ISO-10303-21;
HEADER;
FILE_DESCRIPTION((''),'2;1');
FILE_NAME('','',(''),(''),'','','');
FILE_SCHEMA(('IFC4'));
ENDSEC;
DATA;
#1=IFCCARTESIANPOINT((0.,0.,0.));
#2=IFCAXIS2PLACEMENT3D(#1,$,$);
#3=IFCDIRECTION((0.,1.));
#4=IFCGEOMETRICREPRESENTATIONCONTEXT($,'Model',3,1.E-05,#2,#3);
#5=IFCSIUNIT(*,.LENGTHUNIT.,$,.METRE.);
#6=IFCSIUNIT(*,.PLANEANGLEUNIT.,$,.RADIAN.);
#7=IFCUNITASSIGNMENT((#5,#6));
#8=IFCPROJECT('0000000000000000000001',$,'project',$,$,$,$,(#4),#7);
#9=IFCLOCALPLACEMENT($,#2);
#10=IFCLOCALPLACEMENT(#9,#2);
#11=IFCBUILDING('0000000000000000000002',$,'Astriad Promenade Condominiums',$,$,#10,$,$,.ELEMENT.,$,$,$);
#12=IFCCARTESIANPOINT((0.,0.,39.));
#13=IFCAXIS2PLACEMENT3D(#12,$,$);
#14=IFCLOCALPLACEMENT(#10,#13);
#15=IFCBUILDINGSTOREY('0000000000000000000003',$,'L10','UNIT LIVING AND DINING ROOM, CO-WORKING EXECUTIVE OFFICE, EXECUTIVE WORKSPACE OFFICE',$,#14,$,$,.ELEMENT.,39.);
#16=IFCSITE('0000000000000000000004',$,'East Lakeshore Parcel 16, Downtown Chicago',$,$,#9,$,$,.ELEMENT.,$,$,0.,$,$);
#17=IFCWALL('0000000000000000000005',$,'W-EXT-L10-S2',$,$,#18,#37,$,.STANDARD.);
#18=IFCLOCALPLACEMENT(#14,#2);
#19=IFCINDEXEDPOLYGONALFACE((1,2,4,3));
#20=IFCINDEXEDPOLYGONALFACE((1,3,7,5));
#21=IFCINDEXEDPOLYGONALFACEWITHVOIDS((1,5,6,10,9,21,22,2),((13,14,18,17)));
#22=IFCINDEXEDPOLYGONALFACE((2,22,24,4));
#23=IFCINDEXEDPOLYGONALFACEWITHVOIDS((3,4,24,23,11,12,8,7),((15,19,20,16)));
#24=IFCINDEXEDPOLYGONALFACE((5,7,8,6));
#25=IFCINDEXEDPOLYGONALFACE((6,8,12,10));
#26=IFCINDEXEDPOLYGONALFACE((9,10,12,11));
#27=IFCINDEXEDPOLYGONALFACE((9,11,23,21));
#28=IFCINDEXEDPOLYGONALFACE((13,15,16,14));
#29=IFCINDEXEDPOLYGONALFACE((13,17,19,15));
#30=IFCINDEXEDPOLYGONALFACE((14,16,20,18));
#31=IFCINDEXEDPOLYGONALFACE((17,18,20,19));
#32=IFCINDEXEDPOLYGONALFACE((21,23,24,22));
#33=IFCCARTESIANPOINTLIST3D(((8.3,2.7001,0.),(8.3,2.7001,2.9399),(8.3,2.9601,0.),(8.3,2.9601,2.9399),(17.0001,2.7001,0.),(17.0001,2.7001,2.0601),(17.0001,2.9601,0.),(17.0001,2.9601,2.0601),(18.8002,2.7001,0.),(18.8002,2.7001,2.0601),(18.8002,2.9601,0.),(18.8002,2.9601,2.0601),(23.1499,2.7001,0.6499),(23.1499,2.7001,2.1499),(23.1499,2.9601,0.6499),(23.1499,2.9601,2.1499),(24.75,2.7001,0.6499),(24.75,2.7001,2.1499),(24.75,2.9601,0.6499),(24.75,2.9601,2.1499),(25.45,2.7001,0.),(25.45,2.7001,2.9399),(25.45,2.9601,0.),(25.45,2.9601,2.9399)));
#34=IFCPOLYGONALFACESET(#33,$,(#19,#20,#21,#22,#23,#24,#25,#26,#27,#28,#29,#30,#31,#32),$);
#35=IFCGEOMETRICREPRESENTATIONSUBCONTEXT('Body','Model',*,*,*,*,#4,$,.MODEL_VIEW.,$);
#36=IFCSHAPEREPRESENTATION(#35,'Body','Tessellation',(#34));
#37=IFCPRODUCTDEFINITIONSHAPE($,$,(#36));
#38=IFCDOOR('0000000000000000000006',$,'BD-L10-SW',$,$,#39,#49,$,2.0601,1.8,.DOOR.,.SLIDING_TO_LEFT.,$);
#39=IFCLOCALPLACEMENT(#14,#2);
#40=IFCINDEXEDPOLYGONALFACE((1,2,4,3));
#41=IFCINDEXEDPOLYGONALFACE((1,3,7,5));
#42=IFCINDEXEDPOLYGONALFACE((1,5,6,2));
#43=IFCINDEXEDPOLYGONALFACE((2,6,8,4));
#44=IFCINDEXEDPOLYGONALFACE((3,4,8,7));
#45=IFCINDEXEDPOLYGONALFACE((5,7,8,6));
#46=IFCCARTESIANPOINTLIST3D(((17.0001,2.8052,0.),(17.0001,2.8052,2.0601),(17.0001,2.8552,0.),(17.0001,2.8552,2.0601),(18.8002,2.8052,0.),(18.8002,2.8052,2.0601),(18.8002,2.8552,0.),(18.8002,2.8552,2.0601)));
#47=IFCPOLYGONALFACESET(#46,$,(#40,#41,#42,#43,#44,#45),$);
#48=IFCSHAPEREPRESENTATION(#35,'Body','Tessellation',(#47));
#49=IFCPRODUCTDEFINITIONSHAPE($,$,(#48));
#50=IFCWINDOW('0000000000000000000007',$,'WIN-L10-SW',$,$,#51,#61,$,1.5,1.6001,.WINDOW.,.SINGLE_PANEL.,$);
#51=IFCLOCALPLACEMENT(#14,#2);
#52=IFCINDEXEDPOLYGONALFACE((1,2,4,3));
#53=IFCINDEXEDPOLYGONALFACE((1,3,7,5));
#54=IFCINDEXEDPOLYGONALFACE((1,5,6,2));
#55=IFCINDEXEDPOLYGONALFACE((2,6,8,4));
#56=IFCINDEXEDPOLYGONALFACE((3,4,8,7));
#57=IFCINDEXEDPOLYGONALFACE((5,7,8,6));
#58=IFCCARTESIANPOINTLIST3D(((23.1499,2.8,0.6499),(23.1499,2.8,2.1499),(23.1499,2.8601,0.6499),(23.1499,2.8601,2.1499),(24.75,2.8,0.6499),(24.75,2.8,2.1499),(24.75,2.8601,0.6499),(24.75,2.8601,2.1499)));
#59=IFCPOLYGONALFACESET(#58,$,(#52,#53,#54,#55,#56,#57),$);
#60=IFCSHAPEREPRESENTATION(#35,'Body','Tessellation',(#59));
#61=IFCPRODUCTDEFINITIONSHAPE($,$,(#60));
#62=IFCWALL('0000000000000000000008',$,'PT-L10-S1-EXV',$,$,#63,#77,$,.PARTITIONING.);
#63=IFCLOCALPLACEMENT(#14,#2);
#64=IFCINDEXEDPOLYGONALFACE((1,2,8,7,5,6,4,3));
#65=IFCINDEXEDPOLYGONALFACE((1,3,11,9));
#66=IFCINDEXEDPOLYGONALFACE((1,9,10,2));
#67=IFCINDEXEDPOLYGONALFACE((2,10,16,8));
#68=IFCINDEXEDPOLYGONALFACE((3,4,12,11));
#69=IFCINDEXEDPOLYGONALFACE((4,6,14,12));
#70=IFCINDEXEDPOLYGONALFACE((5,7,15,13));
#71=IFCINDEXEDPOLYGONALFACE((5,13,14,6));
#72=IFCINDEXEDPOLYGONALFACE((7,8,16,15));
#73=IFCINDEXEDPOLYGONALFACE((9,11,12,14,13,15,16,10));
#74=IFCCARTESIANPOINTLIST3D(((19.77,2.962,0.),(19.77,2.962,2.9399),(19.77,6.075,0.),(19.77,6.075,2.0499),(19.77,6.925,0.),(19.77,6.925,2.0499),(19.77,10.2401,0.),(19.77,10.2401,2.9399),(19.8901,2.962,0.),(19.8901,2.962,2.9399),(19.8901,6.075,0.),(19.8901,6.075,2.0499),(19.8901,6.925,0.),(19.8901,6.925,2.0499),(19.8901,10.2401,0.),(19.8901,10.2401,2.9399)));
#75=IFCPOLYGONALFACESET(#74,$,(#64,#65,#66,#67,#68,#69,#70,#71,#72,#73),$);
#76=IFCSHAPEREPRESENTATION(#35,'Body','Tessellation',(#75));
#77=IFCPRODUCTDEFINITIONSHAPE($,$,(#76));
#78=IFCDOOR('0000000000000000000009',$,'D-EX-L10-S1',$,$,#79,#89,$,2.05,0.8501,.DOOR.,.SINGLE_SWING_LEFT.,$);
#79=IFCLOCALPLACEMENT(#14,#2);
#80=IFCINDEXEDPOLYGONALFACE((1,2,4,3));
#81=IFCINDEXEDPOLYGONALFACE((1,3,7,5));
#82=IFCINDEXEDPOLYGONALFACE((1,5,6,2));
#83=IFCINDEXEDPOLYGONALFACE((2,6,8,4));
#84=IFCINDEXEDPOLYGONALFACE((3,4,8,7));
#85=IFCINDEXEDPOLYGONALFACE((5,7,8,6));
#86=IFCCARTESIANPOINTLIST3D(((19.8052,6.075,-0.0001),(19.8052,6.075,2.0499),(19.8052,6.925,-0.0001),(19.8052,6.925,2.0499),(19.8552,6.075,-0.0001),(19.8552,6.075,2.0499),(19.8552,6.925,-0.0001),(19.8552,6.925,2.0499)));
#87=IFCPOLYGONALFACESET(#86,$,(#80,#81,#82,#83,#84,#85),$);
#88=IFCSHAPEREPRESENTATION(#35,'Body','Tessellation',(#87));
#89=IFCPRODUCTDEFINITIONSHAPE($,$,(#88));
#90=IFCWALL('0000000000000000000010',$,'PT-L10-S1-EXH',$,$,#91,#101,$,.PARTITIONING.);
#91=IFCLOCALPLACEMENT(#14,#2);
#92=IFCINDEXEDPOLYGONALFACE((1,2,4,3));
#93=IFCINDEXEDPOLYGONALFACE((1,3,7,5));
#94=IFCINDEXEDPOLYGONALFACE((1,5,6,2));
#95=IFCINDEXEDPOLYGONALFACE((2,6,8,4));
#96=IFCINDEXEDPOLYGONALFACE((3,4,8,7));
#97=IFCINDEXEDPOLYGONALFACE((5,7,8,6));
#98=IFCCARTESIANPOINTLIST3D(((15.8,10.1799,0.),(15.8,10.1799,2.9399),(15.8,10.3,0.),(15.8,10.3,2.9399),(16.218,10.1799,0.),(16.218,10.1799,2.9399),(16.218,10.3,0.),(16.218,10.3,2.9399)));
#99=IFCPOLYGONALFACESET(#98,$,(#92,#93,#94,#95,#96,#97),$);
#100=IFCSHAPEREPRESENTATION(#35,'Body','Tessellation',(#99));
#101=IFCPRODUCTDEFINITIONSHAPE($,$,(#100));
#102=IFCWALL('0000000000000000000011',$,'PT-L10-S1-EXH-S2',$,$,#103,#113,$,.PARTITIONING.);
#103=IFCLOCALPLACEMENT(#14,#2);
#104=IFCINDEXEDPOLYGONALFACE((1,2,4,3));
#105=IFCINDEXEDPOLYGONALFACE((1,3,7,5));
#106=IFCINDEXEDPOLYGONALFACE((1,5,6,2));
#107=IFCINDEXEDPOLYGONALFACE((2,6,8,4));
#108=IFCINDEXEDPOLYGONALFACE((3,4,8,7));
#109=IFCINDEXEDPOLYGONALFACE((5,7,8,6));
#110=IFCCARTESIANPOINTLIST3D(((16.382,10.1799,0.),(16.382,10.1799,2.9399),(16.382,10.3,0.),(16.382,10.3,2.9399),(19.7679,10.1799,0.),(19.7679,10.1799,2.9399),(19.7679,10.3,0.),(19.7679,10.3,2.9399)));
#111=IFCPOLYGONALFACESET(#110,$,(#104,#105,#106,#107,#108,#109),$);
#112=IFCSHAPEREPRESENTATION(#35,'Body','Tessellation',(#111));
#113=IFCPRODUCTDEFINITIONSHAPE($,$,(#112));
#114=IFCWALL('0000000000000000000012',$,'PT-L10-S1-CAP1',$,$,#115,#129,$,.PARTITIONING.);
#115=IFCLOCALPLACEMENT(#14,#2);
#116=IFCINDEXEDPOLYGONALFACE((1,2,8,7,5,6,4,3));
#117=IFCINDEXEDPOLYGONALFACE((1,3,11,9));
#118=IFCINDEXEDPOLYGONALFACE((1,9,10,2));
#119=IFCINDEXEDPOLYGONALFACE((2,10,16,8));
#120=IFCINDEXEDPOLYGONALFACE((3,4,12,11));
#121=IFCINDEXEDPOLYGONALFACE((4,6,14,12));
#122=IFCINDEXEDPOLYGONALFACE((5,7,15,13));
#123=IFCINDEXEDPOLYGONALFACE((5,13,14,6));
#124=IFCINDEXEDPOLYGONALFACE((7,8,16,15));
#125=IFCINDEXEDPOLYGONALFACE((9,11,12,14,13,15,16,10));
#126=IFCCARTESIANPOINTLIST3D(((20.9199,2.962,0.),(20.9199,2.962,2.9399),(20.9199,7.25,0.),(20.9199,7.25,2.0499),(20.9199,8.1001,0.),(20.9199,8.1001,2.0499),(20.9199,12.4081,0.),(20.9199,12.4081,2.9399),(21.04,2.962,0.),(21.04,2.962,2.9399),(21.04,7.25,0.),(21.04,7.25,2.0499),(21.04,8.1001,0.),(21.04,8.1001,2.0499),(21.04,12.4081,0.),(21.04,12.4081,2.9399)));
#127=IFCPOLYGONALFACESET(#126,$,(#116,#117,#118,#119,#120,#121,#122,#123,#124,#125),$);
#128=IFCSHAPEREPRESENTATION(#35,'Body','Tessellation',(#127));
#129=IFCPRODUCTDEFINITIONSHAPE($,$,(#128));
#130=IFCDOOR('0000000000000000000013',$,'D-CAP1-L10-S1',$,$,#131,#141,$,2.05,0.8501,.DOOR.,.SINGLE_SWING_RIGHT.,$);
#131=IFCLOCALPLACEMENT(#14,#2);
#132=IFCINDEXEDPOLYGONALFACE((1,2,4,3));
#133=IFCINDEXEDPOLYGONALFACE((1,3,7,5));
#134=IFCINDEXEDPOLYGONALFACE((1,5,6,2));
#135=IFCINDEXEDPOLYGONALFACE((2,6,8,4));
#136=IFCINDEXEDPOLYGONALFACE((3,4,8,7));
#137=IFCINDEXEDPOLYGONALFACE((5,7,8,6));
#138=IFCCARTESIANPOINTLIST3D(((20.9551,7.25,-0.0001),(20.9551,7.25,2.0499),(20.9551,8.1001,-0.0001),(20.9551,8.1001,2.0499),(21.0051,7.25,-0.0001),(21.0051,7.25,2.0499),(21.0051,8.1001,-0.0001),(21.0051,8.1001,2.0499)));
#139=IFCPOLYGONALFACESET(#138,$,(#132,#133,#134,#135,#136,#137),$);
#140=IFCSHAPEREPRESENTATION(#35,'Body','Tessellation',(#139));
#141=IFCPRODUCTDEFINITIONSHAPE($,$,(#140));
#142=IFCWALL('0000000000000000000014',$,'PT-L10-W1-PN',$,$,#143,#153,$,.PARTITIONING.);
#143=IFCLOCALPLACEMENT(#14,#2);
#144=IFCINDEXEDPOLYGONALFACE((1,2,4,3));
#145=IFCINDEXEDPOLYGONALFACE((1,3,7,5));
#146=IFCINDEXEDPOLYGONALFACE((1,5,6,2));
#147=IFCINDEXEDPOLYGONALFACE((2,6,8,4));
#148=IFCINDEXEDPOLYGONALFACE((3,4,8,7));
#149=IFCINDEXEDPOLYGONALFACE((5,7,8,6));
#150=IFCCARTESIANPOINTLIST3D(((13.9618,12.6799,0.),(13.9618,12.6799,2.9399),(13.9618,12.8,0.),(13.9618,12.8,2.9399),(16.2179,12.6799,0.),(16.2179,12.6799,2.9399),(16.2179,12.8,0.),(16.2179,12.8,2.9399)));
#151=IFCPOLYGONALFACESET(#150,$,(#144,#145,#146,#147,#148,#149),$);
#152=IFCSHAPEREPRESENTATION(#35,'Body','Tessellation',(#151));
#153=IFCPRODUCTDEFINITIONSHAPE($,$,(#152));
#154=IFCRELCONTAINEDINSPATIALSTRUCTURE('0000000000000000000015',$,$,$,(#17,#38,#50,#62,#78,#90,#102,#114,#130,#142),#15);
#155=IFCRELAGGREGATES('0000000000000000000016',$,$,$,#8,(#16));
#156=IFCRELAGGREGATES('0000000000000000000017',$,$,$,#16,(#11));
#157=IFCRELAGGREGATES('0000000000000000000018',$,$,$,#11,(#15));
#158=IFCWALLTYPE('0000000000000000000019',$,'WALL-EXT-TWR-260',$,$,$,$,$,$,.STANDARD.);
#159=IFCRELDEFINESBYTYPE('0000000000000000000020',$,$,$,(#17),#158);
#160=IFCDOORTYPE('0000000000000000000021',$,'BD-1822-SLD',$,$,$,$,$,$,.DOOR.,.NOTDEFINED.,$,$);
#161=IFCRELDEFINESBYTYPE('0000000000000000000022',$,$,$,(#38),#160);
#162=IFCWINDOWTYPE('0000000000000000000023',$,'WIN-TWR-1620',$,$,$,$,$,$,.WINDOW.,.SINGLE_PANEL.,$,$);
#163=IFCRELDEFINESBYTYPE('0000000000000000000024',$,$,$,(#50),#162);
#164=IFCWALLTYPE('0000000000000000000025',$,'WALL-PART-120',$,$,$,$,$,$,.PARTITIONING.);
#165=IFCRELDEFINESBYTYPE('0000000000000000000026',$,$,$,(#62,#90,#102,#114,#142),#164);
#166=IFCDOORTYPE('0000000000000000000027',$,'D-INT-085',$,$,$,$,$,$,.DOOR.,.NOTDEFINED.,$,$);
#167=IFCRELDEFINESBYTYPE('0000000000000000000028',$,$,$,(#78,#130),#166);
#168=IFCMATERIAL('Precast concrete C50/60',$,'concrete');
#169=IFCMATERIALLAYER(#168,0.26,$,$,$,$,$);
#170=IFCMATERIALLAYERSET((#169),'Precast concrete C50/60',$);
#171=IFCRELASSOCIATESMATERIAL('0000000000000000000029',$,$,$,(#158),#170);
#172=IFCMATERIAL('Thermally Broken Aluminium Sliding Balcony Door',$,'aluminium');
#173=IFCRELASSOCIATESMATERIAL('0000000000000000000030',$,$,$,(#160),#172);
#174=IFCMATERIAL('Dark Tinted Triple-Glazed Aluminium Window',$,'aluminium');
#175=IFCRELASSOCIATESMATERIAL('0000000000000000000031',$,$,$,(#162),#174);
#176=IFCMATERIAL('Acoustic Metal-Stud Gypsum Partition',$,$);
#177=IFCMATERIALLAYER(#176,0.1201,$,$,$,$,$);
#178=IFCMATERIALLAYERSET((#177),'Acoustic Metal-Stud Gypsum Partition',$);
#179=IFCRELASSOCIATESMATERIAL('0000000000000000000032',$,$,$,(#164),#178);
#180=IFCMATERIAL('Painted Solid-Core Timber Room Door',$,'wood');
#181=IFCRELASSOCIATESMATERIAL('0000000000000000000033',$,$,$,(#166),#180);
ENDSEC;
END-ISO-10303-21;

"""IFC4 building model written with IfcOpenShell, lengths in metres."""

from ifc_helpers import new_model, si_unit, direction, frame, frame_2d, origin, place, context, subcontext, project, spatial, rectangle, extrude, source, transform, mapped, material, layer, layer_set, type_object, type_shapes, element, fill, save


model = new_model("IFC4")

# Units and contexts
model_context = context("Model", 3, precision=1e-05, world=origin(), true_north=direction((0.0, 1.0)))
body_context = subcontext(model_context, "Body", "Model", "MODEL_VIEW")
ifc_project = project(units=[si_unit("LENGTHUNIT", "METRE"), si_unit("PLANEANGLEUNIT", "RADIAN")], contexts=[model_context])

# Site, building, storey
site_placement = place(None, origin())
site = spatial("IfcSite", under=ifc_project, at=site_placement, Name="East Lakeshore Parcel 16, Downtown Chicago", CompositionType="ELEMENT", RefElevation=0.0)
building_placement = place(site_placement, origin())
building = spatial("IfcBuilding", under=site, at=building_placement, Name="Astriad Promenade Condominiums", CompositionType="ELEMENT")
storey_placement = place(building_placement, frame((0.0, 0.0, 39.0)))
storey = spatial("IfcBuildingStorey", under=building, at=storey_placement, Name="L10", Description="UNIT LIVING AND DINING ROOM, CO-WORKING EXECUTIVE OFFICE, EXECUTIVE WORKSPACE OFFICE", CompositionType="ELEMENT", Elevation=39.0)

# Wall, openings, door, window
ifc_material_1 = material(Name="Precast concrete C50/60", Category="concrete")
ifc_layer_1 = layer(ifc_material_1, 0.26)
ifc_layer_set_1 = layer_set([ifc_layer_1], Name="Precast concrete C50/60")
wall_type_1 = type_object("IfcWallType", Name="WALL-EXT-TWR-260", PredefinedType="STANDARD", material=ifc_layer_set_1)
wall_1_placement = place(storey_placement, frame((25.45, 2.8301, 0.0), z_axis=(0.0, 0.0, 1.0), x_axis=(-1.0, 0.0, 0.0)))
wall_1 = element("IfcWall", 1, at=wall_1_placement, inside=storey, type_object=wall_type_1, Name="W-EXT-L10-S2", PredefinedType="STANDARD", context=body_context, shape_type="SweptSolid", body=[
    extrude(rectangle(XDim=17.1499, YDim=0.26, at=frame_2d((8.575, 0.0))), origin(), (0.0, 0.0, 1.0), 2.9399),
])
opening_1_placement = place(wall_1_placement, frame((6.6499, 0.0, 0.0)))
opening_1 = element("IfcOpeningElement", 2, at=opening_1_placement, cuts=wall_1, PredefinedType="OPENING", context=body_context, shape_type="SweptSolid", body=[
    extrude(rectangle(XDim=1.8, YDim=2.0601, at=frame_2d((0.8999, 1.03))), frame((0.0, 0.1399, 0.0), z_axis=(0.0, -1.0, 0.0), x_axis=(1.0, 0.0, 0.0)), (0.0, 0.0, 1.0), 0.28),
])
opening_2_placement = place(wall_1_placement, frame((0.7, 0.0, 0.6499)))
opening_2 = element("IfcOpeningElement", 3, at=opening_2_placement, cuts=wall_1, PredefinedType="OPENING", context=body_context, shape_type="SweptSolid", body=[
    extrude(rectangle(XDim=1.6001, YDim=1.5, at=frame_2d((0.8, 0.75))), frame((0.0, 0.1399, 0.0), z_axis=(0.0, -1.0, 0.0), x_axis=(1.0, 0.0, 0.0)), (0.0, 0.0, 1.0), 0.28),
])
ifc_material_2 = material(Name="Thermally Broken Aluminium Sliding Balcony Door", Category="aluminium")
door_type_1 = type_object("IfcDoorType", Name="BD-1822-SLD", OperationType="NOTDEFINED", PredefinedType="DOOR", material=ifc_material_2)
shared_shape_1 = source(origin(), body_context, "Body", "SweptSolid", [
    extrude(rectangle(XDim=1.8, YDim=2.0601, at=frame_2d((0.8999, 1.03))), frame((0.0, 0.0249, 0.0), z_axis=(0.0, -1.0, 0.0), x_axis=(1.0, 0.0, 0.0)), (0.0, 0.0, 1.0), 0.05),
])
type_shapes(door_type_1, [shared_shape_1])
door_1_placement = place(opening_1_placement, origin())
door_1 = element("IfcDoor", 4, at=door_1_placement, inside=storey, type_object=door_type_1, Name="BD-L10-SW", OperationType="SLIDING_TO_LEFT", OverallHeight=2.0601, OverallWidth=1.8, PredefinedType="DOOR", context=body_context, shape_type="MappedRepresentation", body=[
    mapped(shared_shape_1, transform((0.0, 0.0, 0.0), scale=1.0)),
])
fill(opening_1, door_1)
ifc_material_3 = material(Name="Dark Tinted Triple-Glazed Aluminium Window", Category="aluminium")
window_type = type_object("IfcWindowType", Name="WIN-TWR-1620", PartitioningType="SINGLE_PANEL", PredefinedType="WINDOW", material=ifc_material_3)
shared_shape_2 = source(origin(), body_context, "Body", "SweptSolid", [
    extrude(rectangle(XDim=1.6001, YDim=1.5, at=frame_2d((0.8, 0.75))), frame((0.0, 0.03, 0.0), z_axis=(0.0, -1.0, 0.0), x_axis=(1.0, 0.0, 0.0)), (0.0, 0.0, 1.0), 0.0601),
])
type_shapes(window_type, [shared_shape_2])
window_placement = place(opening_2_placement, origin())
window = element("IfcWindow", 5, at=window_placement, inside=storey, type_object=window_type, Name="WIN-L10-SW", OverallHeight=1.5, OverallWidth=1.6001, PartitioningType="SINGLE_PANEL", PredefinedType="WINDOW", context=body_context, shape_type="MappedRepresentation", body=[
    mapped(shared_shape_2, transform((0.0, 0.0, 0.0), scale=1.0)),
])
fill(opening_2, window)

# Wall, opening, door
ifc_material_4 = material(Name="Acoustic Metal-Stud Gypsum Partition")
ifc_layer_2 = layer(ifc_material_4, 0.1201)
ifc_layer_set_2 = layer_set([ifc_layer_2], Name="Acoustic Metal-Stud Gypsum Partition")
wall_type_2 = type_object("IfcWallType", Name="WALL-PART-120", PredefinedType="PARTITIONING", material=ifc_layer_set_2)
wall_2_placement = place(storey_placement, frame((19.8301, 2.9619, 0.0), z_axis=(0.0, 0.0, 1.0), x_axis=(0.0, 1.0, 0.0)))
wall_2 = element("IfcWall", 6, at=wall_2_placement, inside=storey, type_object=wall_type_2, Name="PT-L10-S1-EXV", PredefinedType="PARTITIONING", context=body_context, shape_type="SweptSolid", body=[
    extrude(rectangle(XDim=7.2781, YDim=0.1201, at=frame_2d((3.6392, 0.0))), origin(), (0.0, 0.0, 1.0), 2.9399),
])
opening_3_placement = place(wall_2_placement, frame((3.113, 0.0, 0.0)))
opening_3 = element("IfcOpeningElement", 7, at=opening_3_placement, cuts=wall_2, PredefinedType="OPENING", context=body_context, shape_type="SweptSolid", body=[
    extrude(rectangle(XDim=0.8501, YDim=2.05, at=frame_2d((0.425, 1.0249))), frame((0.0, 0.0701, 0.0), z_axis=(0.0, -1.0, 0.0), x_axis=(1.0, 0.0, 0.0)), (0.0, 0.0, 1.0), 0.1401),
])
ifc_material_5 = material(Name="Painted Solid-Core Timber Room Door", Category="wood")
door_type_2 = type_object("IfcDoorType", Name="D-INT-085", OperationType="NOTDEFINED", PredefinedType="DOOR", material=ifc_material_5)
shared_shape_3 = source(origin(), body_context, "Body", "SweptSolid", [
    extrude(rectangle(XDim=0.8501, YDim=2.05, at=frame_2d((0.425, 1.0249))), frame((0.0, 0.0249, 0.0), z_axis=(0.0, -1.0, 0.0), x_axis=(1.0, 0.0, 0.0)), (0.0, 0.0, 1.0), 0.05),
])
type_shapes(door_type_2, [shared_shape_3])
door_2_placement = place(opening_3_placement, origin())
door_2 = element("IfcDoor", 8, at=door_2_placement, inside=storey, type_object=door_type_2, Name="D-EX-L10-S1", OperationType="SINGLE_SWING_LEFT", OverallHeight=2.05, OverallWidth=0.8501, PredefinedType="DOOR", context=body_context, shape_type="MappedRepresentation", body=[
    mapped(shared_shape_3, transform((0.0, 0.0, 0.0), scale=1.0)),
])
fill(opening_3, door_2)

# Walls
wall_3_placement = place(storey_placement, frame((15.8, 10.24, 0.0), z_axis=(0.0, 0.0, 1.0), x_axis=(1.0, 0.0, 0.0)))
element("IfcWall", 9, at=wall_3_placement, inside=storey, type_object=wall_type_2, Name="PT-L10-S1-EXH", PredefinedType="PARTITIONING", context=body_context, shape_type="SweptSolid", body=[
    extrude(rectangle(XDim=0.418, YDim=0.1201, at=frame_2d((0.209, 0.0))), origin(), (0.0, 0.0, 1.0), 2.9399),
])
wall_4_placement = place(storey_placement, frame((16.3821, 10.24, 0.0), z_axis=(0.0, 0.0, 1.0), x_axis=(1.0, 0.0, 0.0)))
element("IfcWall", 10, at=wall_4_placement, inside=storey, type_object=wall_type_2, Name="PT-L10-S1-EXH-S2", PredefinedType="PARTITIONING", context=body_context, shape_type="SweptSolid", body=[
    extrude(rectangle(XDim=3.386, YDim=0.1201, at=frame_2d((1.6929, 0.0))), origin(), (0.0, 0.0, 1.0), 2.9399),
])

# Wall, opening, door
wall_5_placement = place(storey_placement, frame((20.98, 2.9619, 0.0), z_axis=(0.0, 0.0, 1.0), x_axis=(0.0, 1.0, 0.0)))
wall_5 = element("IfcWall", 11, at=wall_5_placement, inside=storey, type_object=wall_type_2, Name="PT-L10-S1-CAP1", PredefinedType="PARTITIONING", context=body_context, shape_type="SweptSolid", body=[
    extrude(rectangle(XDim=9.446, YDim=0.1201, at=frame_2d((4.7231, 0.0))), origin(), (0.0, 0.0, 1.0), 2.9399),
])
opening_4_placement = place(wall_5_placement, frame((4.2881, 0.0, 0.0)))
opening_4 = element("IfcOpeningElement", 12, at=opening_4_placement, cuts=wall_5, PredefinedType="OPENING", context=body_context, shape_type="SweptSolid", body=[
    extrude(rectangle(XDim=0.8501, YDim=2.05, at=frame_2d((0.425, 1.0249))), frame((0.0, 0.0701, 0.0), z_axis=(0.0, -1.0, 0.0), x_axis=(1.0, 0.0, 0.0)), (0.0, 0.0, 1.0), 0.1401),
])
door_3_placement = place(opening_4_placement, origin())
door_3 = element("IfcDoor", 13, at=door_3_placement, inside=storey, type_object=door_type_2, Name="D-CAP1-L10-S1", OperationType="SINGLE_SWING_RIGHT", OverallHeight=2.05, OverallWidth=0.8501, PredefinedType="DOOR", context=body_context, shape_type="MappedRepresentation", body=[
    mapped(shared_shape_3, transform((0.0, 0.0, 0.0), scale=1.0)),
])
fill(opening_4, door_3)

# Wall
wall_6_placement = place(storey_placement, frame((13.9619, 12.74, 0.0), z_axis=(0.0, 0.0, 1.0), x_axis=(1.0, 0.0, 0.0)))
element("IfcWall", 14, at=wall_6_placement, inside=storey, type_object=wall_type_2, Name="PT-L10-W1-PN", PredefinedType="PARTITIONING", context=body_context, shape_type="SweptSolid", body=[
    extrude(rectangle(XDim=2.2561, YDim=0.1201, at=frame_2d((1.1279, 0.0))), origin(), (0.0, 0.0, 1.0), 2.9399),
])

save(model, "model.ifc")
